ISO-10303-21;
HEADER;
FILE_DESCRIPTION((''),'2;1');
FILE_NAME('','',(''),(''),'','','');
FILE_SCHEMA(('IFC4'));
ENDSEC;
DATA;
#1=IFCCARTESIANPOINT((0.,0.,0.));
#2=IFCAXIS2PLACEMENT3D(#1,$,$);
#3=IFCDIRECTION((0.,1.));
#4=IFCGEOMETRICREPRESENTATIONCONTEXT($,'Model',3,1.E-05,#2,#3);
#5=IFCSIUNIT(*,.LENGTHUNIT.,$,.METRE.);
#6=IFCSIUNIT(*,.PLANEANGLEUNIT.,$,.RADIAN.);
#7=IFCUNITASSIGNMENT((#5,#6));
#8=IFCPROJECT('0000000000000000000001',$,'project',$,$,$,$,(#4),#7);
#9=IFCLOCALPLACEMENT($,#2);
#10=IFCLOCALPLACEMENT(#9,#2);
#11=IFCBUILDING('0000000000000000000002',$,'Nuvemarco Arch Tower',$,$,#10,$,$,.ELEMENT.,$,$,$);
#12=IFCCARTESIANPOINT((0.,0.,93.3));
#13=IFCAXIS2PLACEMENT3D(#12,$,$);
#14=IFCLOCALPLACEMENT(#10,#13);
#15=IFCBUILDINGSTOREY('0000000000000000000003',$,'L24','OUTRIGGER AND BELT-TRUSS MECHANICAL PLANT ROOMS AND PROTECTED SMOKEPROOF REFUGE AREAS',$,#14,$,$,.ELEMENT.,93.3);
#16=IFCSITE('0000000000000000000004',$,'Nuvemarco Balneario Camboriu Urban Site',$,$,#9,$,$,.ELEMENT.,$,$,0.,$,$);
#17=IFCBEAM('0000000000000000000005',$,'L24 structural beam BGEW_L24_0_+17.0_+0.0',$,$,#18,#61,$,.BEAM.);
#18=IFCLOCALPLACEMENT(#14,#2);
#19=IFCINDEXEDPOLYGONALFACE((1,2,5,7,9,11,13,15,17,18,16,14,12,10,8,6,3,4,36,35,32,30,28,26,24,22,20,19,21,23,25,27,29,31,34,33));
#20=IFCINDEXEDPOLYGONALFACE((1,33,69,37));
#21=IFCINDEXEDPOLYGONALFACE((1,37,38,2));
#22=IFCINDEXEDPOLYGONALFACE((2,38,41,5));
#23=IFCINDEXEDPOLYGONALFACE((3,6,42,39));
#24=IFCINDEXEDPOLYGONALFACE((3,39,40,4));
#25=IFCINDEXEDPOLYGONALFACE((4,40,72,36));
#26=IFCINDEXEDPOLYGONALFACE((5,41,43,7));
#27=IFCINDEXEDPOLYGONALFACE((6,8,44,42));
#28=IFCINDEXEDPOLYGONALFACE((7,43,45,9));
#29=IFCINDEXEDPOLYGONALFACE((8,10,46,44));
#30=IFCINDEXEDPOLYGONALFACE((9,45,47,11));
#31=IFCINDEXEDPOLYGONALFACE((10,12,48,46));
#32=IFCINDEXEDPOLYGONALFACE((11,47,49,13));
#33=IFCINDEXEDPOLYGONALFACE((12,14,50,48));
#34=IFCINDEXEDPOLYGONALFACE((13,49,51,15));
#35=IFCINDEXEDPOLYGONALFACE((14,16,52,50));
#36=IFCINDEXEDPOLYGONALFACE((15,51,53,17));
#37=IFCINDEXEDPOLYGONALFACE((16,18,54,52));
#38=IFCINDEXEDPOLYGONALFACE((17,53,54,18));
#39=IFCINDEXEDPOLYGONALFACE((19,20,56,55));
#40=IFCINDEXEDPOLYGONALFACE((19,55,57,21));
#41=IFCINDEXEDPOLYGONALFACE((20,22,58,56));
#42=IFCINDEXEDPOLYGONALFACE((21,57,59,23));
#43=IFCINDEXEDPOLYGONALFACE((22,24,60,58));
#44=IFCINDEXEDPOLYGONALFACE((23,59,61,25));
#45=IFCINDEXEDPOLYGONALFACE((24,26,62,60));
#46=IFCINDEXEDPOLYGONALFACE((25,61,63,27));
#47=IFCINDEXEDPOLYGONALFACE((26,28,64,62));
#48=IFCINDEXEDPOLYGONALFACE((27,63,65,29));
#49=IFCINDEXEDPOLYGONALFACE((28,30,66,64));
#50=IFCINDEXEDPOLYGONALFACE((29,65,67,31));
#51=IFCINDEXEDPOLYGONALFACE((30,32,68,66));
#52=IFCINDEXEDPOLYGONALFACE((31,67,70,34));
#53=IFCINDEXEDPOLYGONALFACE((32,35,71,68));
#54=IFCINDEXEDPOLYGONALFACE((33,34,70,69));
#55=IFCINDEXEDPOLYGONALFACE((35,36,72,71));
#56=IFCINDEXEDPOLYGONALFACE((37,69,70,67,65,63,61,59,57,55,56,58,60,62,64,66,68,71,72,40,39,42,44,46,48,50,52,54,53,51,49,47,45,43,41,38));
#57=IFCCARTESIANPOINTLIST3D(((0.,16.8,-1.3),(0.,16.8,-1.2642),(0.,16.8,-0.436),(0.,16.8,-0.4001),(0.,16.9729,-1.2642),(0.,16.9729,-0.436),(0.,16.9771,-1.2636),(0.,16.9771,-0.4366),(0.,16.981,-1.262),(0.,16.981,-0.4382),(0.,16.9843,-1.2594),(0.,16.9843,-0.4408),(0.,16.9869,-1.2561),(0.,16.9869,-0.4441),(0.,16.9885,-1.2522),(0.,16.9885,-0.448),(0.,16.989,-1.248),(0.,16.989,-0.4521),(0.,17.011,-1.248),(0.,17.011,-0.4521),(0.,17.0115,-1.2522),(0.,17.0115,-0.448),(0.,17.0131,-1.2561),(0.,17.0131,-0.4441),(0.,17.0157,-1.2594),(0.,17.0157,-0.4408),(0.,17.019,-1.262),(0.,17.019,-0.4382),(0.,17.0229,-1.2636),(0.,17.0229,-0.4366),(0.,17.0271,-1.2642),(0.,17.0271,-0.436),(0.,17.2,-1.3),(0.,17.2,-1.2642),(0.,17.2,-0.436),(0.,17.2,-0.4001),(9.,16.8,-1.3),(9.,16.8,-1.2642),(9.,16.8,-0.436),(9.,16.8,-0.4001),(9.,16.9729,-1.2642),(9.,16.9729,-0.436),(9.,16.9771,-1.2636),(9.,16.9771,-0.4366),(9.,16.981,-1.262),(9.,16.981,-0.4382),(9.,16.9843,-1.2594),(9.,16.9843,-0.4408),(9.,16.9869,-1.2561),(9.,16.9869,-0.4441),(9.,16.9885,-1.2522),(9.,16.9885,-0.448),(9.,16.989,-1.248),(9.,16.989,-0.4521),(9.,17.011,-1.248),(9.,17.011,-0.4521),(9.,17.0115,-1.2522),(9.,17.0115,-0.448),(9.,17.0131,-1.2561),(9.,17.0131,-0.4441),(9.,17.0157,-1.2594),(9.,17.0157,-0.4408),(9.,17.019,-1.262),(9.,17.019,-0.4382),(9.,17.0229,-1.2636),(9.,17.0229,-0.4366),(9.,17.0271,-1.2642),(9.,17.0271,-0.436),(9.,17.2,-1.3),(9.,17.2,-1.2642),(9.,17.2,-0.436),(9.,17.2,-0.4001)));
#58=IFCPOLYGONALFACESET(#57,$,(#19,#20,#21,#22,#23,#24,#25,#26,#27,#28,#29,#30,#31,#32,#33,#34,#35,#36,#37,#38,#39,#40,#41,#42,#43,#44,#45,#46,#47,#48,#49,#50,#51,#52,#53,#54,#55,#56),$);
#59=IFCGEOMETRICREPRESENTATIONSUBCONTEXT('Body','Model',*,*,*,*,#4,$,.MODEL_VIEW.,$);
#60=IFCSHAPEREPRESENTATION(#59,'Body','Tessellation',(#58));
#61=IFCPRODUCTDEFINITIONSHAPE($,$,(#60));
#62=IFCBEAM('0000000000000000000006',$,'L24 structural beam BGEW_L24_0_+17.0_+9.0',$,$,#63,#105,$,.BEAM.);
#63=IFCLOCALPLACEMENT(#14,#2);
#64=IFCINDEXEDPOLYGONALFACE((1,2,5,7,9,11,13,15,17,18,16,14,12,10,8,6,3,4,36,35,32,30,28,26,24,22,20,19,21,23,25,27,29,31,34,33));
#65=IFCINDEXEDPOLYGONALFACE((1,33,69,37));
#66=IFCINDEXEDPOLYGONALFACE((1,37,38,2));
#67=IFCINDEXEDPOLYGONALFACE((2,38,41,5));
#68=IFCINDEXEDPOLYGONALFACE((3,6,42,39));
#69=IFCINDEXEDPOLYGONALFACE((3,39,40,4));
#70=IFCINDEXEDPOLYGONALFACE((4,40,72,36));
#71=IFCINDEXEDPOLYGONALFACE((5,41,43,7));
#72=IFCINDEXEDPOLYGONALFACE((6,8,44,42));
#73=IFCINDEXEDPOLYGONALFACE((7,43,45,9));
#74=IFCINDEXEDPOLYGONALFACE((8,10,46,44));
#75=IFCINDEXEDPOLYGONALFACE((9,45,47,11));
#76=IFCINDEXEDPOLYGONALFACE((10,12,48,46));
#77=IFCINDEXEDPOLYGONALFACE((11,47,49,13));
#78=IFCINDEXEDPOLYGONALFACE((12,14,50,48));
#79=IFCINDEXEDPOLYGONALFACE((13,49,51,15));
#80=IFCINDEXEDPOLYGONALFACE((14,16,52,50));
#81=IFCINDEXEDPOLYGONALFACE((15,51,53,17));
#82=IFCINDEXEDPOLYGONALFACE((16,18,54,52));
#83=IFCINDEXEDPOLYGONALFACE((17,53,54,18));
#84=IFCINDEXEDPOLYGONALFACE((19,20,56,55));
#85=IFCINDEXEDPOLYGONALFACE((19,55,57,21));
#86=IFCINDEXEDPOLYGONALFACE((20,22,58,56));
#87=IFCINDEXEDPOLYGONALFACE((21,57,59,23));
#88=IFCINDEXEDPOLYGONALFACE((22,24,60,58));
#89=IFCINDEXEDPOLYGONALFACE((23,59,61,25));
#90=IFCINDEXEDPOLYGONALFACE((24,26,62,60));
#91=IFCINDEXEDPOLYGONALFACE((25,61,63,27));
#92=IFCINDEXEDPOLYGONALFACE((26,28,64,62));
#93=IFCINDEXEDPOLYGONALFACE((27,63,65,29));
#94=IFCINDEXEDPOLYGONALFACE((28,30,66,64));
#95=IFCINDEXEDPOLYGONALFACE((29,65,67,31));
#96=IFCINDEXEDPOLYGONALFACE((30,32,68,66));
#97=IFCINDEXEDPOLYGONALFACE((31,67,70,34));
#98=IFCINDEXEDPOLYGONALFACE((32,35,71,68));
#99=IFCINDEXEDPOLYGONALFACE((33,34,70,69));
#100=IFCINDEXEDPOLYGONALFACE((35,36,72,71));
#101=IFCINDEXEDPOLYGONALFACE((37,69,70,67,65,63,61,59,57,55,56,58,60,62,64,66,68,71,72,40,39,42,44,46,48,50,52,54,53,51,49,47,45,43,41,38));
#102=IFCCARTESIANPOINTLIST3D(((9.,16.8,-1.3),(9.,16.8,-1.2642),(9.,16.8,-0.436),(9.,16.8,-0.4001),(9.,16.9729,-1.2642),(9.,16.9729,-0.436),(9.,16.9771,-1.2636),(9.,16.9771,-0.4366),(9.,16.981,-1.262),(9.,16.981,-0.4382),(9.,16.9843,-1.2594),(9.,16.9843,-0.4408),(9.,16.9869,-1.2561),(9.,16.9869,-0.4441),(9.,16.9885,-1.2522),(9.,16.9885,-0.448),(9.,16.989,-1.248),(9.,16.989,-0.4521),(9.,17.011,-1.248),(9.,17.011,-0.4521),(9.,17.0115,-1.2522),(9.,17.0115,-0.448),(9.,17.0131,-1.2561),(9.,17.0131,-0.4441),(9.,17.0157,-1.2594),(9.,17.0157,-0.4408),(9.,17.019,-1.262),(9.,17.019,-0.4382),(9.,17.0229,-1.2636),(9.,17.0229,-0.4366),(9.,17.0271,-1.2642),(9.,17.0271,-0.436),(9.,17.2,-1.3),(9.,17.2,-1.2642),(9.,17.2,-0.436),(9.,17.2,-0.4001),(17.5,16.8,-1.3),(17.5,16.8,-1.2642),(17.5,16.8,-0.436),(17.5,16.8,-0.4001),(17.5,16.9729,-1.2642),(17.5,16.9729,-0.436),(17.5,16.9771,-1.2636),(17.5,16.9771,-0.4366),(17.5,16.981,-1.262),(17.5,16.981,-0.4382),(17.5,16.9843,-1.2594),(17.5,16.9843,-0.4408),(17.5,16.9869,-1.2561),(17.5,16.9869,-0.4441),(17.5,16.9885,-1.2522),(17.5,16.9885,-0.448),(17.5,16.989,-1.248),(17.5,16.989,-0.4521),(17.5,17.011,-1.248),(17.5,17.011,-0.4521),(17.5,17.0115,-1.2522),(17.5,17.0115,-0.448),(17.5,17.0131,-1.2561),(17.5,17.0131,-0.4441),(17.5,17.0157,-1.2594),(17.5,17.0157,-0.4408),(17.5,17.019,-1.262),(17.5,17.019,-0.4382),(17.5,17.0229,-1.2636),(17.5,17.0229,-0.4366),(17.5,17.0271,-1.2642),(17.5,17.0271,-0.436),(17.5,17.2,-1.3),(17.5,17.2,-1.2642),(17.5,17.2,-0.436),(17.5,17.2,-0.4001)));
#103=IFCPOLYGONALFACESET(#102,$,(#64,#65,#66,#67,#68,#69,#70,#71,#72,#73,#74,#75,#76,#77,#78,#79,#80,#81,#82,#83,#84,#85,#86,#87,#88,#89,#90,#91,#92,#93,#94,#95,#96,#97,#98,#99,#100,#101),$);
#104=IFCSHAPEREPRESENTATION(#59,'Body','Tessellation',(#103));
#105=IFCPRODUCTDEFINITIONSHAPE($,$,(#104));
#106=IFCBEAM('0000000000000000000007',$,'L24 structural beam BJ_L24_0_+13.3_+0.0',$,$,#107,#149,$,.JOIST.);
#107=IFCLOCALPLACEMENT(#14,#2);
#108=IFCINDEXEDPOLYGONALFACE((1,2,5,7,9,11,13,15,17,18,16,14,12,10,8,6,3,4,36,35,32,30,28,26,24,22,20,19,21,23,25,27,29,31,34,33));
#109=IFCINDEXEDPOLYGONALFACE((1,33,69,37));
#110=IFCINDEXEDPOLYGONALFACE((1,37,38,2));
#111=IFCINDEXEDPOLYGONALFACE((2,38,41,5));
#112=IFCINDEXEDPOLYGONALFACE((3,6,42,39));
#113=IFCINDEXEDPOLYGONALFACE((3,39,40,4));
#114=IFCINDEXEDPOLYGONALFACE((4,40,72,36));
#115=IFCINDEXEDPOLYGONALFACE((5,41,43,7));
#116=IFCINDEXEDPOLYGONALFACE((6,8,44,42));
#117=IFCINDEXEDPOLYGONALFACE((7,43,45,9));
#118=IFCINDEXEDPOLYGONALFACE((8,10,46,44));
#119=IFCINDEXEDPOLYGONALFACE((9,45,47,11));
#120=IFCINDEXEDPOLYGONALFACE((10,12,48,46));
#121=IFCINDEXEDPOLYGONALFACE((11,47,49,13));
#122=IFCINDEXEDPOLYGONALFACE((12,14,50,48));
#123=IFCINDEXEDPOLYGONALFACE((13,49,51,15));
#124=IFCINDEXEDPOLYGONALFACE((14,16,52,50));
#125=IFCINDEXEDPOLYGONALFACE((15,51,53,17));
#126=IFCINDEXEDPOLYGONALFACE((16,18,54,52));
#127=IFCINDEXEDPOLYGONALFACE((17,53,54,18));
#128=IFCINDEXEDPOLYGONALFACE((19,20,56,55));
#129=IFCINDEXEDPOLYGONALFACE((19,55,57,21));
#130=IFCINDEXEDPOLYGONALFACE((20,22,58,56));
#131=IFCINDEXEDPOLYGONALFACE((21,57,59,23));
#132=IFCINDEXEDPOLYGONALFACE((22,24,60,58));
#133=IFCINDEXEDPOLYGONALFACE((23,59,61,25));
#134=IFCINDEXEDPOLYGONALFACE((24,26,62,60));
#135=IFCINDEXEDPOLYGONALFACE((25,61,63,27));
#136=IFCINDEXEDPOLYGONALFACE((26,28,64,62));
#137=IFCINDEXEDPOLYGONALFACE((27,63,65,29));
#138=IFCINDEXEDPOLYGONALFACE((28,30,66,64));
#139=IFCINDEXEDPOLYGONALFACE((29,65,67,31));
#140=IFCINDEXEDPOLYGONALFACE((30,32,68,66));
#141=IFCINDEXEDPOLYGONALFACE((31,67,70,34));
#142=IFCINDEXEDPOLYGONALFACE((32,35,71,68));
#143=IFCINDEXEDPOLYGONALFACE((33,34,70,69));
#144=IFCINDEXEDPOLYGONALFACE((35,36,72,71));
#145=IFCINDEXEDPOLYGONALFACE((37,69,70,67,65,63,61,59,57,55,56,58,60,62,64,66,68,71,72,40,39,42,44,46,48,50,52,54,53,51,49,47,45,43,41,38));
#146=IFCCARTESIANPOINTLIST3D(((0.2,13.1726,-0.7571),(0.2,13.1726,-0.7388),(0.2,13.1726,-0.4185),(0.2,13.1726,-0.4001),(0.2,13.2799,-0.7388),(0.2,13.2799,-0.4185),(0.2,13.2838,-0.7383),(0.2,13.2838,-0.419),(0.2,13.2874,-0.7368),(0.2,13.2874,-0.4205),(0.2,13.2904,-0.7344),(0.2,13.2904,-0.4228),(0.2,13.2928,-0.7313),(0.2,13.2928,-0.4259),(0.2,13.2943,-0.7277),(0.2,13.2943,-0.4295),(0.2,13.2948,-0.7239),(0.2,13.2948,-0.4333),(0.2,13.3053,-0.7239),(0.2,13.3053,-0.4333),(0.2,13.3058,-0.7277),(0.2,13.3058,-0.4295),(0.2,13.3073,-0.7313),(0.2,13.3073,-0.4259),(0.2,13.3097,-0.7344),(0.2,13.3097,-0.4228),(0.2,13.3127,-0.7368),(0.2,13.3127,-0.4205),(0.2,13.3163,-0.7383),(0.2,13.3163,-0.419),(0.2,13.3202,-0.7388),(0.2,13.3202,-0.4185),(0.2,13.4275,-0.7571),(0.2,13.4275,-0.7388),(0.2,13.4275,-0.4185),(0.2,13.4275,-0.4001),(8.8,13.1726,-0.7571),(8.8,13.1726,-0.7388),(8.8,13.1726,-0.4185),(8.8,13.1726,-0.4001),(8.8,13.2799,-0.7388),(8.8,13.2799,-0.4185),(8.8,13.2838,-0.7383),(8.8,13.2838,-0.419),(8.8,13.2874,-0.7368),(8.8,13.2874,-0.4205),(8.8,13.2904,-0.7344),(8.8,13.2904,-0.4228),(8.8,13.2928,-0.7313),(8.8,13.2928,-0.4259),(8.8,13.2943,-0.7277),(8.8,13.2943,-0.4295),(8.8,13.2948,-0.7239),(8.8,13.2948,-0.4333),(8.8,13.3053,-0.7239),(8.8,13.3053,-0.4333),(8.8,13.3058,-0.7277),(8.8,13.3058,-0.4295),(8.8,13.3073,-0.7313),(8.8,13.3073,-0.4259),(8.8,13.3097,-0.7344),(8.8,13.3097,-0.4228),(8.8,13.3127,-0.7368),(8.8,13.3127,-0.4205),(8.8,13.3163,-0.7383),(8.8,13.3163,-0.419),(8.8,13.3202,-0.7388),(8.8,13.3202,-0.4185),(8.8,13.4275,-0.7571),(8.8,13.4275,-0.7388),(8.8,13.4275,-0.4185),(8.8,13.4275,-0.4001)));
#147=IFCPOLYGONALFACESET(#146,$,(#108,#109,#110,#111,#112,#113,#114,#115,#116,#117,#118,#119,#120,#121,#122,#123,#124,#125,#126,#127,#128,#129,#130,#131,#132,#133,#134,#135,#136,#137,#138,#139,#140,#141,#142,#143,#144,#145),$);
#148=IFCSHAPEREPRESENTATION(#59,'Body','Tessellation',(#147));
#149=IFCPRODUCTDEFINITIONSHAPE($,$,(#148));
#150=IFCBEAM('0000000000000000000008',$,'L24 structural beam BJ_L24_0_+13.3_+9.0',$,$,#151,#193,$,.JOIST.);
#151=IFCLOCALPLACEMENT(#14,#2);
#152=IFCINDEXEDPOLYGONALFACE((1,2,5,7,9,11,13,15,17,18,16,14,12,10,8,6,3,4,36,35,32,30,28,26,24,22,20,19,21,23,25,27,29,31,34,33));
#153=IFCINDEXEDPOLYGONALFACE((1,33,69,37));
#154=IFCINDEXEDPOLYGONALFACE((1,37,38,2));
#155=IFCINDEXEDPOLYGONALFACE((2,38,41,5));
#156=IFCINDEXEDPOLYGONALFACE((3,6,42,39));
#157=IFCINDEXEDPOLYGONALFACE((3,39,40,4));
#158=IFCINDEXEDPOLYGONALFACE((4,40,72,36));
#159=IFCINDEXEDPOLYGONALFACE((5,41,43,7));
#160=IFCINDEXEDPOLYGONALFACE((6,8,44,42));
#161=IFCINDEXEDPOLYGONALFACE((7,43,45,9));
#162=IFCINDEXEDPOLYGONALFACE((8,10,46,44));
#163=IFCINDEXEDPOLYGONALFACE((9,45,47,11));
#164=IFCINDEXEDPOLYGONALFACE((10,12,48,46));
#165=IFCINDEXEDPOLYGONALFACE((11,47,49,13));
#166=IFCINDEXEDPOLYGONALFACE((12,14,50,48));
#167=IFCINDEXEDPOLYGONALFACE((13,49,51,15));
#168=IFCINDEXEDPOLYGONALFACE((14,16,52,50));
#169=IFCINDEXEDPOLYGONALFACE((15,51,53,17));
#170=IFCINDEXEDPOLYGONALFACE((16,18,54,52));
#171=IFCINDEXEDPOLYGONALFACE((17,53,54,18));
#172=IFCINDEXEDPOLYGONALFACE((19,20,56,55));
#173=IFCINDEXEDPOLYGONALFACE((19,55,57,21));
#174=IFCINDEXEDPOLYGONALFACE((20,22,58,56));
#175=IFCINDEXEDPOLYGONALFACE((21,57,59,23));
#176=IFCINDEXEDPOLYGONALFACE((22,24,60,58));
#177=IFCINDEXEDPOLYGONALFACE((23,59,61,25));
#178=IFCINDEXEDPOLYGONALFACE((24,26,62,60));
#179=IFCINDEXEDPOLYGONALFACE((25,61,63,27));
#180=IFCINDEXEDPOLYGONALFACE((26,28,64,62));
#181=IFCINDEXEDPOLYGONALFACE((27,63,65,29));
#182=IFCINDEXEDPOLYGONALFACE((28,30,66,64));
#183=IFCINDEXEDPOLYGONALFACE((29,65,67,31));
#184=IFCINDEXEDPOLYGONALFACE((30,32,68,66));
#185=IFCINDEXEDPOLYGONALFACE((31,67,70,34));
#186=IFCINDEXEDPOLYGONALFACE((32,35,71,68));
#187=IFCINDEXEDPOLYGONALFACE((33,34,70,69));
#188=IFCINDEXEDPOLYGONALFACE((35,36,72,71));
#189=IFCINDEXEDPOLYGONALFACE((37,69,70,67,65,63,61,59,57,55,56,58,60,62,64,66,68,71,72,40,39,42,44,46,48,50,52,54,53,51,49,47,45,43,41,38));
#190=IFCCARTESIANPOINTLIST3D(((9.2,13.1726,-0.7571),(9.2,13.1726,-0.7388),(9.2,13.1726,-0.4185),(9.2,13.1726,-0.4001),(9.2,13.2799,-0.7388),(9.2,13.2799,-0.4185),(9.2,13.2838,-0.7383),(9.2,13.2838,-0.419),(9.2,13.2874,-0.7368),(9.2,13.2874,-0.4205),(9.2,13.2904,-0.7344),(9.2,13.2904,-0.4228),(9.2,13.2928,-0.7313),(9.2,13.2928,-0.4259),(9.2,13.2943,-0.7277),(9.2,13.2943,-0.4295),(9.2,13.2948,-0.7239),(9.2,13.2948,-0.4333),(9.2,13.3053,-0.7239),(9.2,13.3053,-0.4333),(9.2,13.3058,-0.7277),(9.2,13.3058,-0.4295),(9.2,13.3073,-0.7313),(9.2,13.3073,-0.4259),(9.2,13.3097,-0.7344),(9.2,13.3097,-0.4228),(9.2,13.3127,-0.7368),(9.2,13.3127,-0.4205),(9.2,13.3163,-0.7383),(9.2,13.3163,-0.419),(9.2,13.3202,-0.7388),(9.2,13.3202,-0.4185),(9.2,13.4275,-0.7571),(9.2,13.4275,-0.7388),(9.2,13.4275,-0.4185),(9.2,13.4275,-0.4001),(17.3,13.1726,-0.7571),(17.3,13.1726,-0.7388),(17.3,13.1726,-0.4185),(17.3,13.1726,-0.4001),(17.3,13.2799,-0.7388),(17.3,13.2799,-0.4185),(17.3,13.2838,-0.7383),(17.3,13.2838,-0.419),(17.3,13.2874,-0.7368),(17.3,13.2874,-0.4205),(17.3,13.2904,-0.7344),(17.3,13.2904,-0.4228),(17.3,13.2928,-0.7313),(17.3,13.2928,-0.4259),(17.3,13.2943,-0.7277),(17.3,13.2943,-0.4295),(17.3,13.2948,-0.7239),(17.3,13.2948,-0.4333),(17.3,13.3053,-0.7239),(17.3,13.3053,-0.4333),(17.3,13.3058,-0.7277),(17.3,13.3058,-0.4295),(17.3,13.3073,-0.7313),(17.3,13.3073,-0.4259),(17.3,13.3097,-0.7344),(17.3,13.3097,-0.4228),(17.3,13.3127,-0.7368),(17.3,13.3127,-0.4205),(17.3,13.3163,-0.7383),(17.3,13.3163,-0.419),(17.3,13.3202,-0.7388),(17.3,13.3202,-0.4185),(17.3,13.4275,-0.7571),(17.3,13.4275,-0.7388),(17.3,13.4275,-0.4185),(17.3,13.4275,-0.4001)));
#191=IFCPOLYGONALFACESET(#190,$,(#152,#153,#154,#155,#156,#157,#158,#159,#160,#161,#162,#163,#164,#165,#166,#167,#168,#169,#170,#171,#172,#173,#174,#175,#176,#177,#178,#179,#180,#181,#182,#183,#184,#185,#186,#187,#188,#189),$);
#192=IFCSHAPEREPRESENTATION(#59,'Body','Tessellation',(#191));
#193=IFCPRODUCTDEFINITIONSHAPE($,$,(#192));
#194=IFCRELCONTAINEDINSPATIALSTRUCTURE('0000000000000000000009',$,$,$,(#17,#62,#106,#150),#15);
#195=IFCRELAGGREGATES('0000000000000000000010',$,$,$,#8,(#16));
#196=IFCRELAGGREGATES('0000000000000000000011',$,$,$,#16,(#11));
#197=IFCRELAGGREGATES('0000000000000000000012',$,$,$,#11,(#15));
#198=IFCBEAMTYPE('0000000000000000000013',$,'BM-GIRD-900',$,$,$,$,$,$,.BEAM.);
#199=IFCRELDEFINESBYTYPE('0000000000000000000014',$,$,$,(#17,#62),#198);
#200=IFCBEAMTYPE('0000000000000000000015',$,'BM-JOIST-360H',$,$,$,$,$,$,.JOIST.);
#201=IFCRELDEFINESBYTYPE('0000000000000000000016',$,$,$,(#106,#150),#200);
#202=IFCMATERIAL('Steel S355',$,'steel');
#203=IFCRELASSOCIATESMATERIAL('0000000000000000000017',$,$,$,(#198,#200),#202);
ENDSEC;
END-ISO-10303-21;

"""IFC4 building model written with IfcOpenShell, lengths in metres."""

from ifc_helpers import new_model, si_unit, direction, frame, origin, origin_2d, place, context, subcontext, project, spatial, i_section, extrude, material, material_profile, profile_set, type_object, element, save


model = new_model("IFC4")

# Units and contexts
model_context = context("Model", 3, precision=1e-05, world=origin(), true_north=direction((0.0, 1.0)))
body_context = subcontext(model_context, "Body", "Model", "MODEL_VIEW")
ifc_project = project(units=[si_unit("LENGTHUNIT", "METRE"), si_unit("PLANEANGLEUNIT", "RADIAN")], contexts=[model_context])

# Site, building, storey
site_placement = place(None, origin())
site = spatial("IfcSite", under=ifc_project, at=site_placement, Name="Nuvemarco Balneario Camboriu Urban Site", CompositionType="ELEMENT", RefElevation=0.0)
building_placement = place(site_placement, origin())
building = spatial("IfcBuilding", under=site, at=building_placement, Name="Nuvemarco Arch Tower", CompositionType="ELEMENT")
storey_placement = place(building_placement, frame((0.0, 0.0, 93.3)))
storey = spatial("IfcBuildingStorey", under=building, at=storey_placement, Name="L24", Description="OUTRIGGER AND BELT-TRUSS MECHANICAL PLANT ROOMS AND PROTECTED SMOKEPROOF REFUGE AREAS", CompositionType="ELEMENT", Elevation=93.3)

# Shared definitions
ifc_material_1 = material(Name="Steel S355", Category="steel")

# Beams
ifc_material_profile_1 = material_profile(ifc_material_1, i_section(OverallWidth=0.3999, OverallDepth=0.8999, WebThickness=0.022, FlangeThickness=0.0359, FilletRadius=0.0161, at=origin_2d()), Name="PG900x400")
ifc_profile_set_1 = profile_set([ifc_material_profile_1], Name="Steel S355")
beam_type_1 = type_object("IfcBeamType", Name="BM-GIRD-900", PredefinedType="BEAM", material=ifc_profile_set_1)
beam_1_placement = place(storey_placement, frame((0.0, 17.0, -0.8501), z_axis=(1.0, 0.0, 0.0), x_axis=(0.0, 1.0, 0.0)))
element("IfcBeam", 1, at=beam_1_placement, inside=storey, type_object=beam_type_1, Name="L24 structural beam BGEW_L24_0_+17.0_+0.0", PredefinedType="BEAM", context=body_context, shape_type="SweptSolid", body=[
    extrude(i_section(OverallWidth=0.3999, OverallDepth=0.8999, WebThickness=0.022, FlangeThickness=0.0359, FilletRadius=0.0161, at=origin_2d()), origin(), (0.0, 0.0, 1.0), 9.0),
])
beam_2_placement = place(storey_placement, frame((9.0, 17.0, -0.8501), z_axis=(1.0, 0.0, 0.0), x_axis=(0.0, 1.0, 0.0)))
element("IfcBeam", 2, at=beam_2_placement, inside=storey, type_object=beam_type_1, Name="L24 structural beam BGEW_L24_0_+17.0_+9.0", PredefinedType="BEAM", context=body_context, shape_type="SweptSolid", body=[
    extrude(i_section(OverallWidth=0.3999, OverallDepth=0.8999, WebThickness=0.022, FlangeThickness=0.0359, FilletRadius=0.0161, at=origin_2d()), origin(), (0.0, 0.0, 1.0), 8.5),
])
ifc_material_profile_2 = material_profile(ifc_material_1, i_section(OverallWidth=0.2549, OverallDepth=0.3569, WebThickness=0.0105, FlangeThickness=0.0183, FilletRadius=0.0149, at=origin_2d()), Name="W360x101")
ifc_profile_set_2 = profile_set([ifc_material_profile_2], Name="Steel S355")
beam_type_2 = type_object("IfcBeamType", Name="BM-JOIST-360H", PredefinedType="JOIST", material=ifc_profile_set_2)
beam_3_placement = place(storey_placement, frame((0.2, 13.3, -0.5786), z_axis=(1.0, 0.0, 0.0), x_axis=(0.0, 1.0, 0.0)))
element("IfcBeam", 3, at=beam_3_placement, inside=storey, type_object=beam_type_2, Name="L24 structural beam BJ_L24_0_+13.3_+0.0", PredefinedType="JOIST", context=body_context, shape_type="SweptSolid", body=[
    extrude(i_section(OverallWidth=0.2549, OverallDepth=0.3569, WebThickness=0.0105, FlangeThickness=0.0183, FilletRadius=0.0149, at=origin_2d()), origin(), (0.0, 0.0, 1.0), 8.6001),
])
beam_4_placement = place(storey_placement, frame((9.2, 13.3, -0.5786), z_axis=(1.0, 0.0, 0.0), x_axis=(0.0, 1.0, 0.0)))
element("IfcBeam", 4, at=beam_4_placement, inside=storey, type_object=beam_type_2, Name="L24 structural beam BJ_L24_0_+13.3_+9.0", PredefinedType="JOIST", context=body_context, shape_type="SweptSolid", body=[
    extrude(i_section(OverallWidth=0.2549, OverallDepth=0.3569, WebThickness=0.0105, FlangeThickness=0.0183, FilletRadius=0.0149, at=origin_2d()), origin(), (0.0, 0.0, 1.0), 8.1001),
])

save(model, "model.ifc")
